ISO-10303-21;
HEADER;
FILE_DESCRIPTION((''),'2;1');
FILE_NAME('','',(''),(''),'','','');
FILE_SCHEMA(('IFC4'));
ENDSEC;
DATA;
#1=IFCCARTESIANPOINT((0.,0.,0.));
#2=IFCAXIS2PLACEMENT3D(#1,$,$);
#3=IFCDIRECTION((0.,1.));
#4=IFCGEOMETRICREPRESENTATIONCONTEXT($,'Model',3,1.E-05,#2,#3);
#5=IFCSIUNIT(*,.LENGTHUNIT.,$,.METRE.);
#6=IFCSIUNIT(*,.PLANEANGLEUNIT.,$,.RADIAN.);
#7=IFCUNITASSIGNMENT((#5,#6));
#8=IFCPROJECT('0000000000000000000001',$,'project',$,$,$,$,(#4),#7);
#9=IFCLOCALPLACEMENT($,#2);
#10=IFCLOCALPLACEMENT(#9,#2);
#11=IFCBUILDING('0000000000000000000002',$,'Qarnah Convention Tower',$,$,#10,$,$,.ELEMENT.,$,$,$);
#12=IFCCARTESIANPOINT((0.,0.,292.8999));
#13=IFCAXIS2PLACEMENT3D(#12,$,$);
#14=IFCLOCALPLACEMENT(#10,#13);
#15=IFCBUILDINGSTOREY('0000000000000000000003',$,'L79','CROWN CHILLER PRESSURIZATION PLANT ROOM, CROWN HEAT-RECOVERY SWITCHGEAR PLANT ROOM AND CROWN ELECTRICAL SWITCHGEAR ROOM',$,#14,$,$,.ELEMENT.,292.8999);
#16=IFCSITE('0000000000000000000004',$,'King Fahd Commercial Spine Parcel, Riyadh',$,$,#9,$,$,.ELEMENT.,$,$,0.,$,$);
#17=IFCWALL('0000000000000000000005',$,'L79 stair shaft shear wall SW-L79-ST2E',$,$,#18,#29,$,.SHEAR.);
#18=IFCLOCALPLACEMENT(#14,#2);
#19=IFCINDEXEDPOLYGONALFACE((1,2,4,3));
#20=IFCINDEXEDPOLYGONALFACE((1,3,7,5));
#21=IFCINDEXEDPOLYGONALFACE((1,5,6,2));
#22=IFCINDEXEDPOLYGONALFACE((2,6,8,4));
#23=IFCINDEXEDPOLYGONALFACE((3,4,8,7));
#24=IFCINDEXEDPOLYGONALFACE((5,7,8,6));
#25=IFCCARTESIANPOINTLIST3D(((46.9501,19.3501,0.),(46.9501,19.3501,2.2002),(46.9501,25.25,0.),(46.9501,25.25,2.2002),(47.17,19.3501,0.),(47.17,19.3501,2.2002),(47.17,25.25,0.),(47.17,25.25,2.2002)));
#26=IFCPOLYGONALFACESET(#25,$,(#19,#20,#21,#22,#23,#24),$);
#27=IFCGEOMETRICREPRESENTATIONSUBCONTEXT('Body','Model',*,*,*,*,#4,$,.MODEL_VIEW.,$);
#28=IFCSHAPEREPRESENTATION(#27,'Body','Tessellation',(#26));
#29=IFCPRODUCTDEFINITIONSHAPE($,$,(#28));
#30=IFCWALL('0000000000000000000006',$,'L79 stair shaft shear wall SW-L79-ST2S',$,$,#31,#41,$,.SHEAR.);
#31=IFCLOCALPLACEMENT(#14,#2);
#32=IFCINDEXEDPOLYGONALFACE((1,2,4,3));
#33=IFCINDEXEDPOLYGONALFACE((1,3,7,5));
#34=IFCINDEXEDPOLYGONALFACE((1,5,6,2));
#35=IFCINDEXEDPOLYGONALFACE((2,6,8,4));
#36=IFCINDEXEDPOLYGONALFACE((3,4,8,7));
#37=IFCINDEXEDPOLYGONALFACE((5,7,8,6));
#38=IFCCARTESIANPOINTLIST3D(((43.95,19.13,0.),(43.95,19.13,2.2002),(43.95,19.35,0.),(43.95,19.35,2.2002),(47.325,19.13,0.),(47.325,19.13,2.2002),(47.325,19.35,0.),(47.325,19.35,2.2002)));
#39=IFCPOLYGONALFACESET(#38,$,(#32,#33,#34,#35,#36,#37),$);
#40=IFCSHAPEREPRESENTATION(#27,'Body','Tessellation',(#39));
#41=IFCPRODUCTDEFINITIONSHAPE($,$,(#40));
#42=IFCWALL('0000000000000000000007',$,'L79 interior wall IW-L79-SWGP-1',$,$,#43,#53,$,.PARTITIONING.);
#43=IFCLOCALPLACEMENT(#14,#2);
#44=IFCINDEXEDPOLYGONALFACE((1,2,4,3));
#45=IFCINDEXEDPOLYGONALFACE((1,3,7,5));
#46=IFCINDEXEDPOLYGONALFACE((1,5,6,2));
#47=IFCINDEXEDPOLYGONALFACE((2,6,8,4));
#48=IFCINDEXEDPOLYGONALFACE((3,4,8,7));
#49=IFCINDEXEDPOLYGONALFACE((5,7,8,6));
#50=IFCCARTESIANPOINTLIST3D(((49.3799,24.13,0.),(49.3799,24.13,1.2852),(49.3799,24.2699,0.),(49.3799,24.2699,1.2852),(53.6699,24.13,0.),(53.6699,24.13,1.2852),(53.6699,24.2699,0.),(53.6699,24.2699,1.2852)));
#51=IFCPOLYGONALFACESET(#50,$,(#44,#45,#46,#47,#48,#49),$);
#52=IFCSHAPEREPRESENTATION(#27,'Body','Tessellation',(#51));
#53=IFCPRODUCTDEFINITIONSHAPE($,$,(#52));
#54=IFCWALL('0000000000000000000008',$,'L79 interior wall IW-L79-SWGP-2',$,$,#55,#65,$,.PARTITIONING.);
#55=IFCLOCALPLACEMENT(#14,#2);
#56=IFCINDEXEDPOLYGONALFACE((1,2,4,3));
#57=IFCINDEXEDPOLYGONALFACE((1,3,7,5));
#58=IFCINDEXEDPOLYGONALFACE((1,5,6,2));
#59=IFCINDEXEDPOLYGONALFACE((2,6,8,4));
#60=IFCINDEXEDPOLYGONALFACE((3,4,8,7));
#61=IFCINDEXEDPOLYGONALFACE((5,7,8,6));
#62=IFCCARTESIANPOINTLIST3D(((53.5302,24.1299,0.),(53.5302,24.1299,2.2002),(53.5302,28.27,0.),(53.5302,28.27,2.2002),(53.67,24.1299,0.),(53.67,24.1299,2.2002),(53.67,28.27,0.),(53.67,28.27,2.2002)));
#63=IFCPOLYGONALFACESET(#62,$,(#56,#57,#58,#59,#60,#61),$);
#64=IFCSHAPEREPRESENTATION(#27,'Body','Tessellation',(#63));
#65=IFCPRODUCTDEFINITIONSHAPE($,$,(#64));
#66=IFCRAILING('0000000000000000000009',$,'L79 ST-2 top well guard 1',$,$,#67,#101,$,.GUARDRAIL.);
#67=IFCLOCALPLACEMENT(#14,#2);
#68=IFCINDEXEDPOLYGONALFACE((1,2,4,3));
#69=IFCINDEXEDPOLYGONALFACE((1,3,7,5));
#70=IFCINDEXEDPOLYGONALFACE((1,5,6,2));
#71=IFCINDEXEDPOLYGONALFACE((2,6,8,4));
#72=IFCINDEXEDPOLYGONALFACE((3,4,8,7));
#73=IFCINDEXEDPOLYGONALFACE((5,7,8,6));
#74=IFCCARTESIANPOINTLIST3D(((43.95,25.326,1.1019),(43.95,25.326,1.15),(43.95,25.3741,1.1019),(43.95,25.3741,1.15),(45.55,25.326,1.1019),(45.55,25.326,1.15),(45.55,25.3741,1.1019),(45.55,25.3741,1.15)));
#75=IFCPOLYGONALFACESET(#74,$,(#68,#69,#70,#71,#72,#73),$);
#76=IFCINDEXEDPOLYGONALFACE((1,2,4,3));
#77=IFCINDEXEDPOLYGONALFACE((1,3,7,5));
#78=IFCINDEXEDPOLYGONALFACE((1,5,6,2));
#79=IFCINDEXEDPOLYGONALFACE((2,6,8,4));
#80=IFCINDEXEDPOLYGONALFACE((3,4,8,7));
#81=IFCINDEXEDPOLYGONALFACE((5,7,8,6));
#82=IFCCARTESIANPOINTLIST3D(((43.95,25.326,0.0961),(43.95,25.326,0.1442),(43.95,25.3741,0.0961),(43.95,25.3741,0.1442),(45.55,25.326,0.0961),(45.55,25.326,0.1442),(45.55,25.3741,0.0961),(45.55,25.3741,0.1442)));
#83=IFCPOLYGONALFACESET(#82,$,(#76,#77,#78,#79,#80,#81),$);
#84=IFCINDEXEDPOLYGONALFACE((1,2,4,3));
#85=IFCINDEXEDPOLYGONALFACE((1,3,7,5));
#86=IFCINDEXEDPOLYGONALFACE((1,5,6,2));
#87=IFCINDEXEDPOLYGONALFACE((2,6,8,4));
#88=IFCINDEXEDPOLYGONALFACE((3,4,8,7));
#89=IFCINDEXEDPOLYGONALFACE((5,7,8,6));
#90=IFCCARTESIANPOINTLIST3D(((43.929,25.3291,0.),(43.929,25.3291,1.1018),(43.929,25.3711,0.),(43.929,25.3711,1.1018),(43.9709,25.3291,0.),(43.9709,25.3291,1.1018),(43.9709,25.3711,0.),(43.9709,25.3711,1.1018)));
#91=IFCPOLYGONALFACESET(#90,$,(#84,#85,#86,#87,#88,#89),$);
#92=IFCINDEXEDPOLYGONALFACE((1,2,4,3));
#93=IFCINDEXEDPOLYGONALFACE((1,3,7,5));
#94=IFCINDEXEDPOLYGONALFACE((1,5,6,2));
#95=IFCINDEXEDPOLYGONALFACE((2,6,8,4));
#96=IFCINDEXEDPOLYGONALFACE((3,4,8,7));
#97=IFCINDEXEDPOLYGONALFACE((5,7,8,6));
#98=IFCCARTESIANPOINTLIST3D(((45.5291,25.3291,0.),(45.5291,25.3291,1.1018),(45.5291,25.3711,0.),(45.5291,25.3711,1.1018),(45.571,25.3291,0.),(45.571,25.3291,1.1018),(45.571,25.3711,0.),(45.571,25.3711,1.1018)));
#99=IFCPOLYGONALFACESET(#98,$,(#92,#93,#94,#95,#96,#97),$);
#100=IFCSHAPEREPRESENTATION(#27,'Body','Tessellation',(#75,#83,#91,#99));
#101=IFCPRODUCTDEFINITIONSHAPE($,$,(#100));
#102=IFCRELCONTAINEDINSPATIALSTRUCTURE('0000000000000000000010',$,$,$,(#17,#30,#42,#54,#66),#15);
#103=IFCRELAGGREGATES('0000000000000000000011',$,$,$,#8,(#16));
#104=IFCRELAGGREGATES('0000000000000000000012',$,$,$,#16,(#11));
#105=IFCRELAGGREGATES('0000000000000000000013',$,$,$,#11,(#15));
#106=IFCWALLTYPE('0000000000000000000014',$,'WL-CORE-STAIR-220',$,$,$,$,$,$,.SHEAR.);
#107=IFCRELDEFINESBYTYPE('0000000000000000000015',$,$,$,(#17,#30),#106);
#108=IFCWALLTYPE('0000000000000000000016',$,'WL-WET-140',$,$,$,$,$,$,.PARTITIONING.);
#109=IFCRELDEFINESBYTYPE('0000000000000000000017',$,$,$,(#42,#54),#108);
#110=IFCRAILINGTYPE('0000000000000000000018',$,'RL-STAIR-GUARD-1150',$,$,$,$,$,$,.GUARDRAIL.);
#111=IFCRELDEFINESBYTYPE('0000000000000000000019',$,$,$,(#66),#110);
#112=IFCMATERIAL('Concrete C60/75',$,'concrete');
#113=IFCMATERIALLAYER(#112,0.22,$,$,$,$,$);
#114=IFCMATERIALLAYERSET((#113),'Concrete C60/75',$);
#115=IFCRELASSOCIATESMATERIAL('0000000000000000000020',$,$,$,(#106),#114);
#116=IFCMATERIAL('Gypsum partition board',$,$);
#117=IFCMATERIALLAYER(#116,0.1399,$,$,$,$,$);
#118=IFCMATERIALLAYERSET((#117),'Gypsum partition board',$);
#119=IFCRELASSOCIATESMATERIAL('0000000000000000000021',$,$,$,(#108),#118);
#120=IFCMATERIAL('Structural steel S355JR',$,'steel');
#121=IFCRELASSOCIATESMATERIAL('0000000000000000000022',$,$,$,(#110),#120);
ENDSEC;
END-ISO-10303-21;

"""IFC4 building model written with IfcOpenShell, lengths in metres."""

from ifc_helpers import new_model, si_unit, direction, frame, frame_2d, origin, origin_2d, place, context, subcontext, project, spatial, rectangle, extrude, material, layer, layer_set, type_object, element, save


model = new_model("IFC4")

# Units and contexts
model_context = context("Model", 3, precision=1e-05, world=origin(), true_north=direction((0.0, 1.0)))
body_context = subcontext(model_context, "Body", "Model", "MODEL_VIEW")
ifc_project = project(units=[si_unit("LENGTHUNIT", "METRE"), si_unit("PLANEANGLEUNIT", "RADIAN")], contexts=[model_context])

# Site, building, storey
site_placement = place(None, origin())
site = spatial("IfcSite", under=ifc_project, at=site_placement, Name="King Fahd Commercial Spine Parcel, Riyadh", CompositionType="ELEMENT", RefElevation=0.0)
building_placement = place(site_placement, origin())
building = spatial("IfcBuilding", under=site, at=building_placement, Name="Qarnah Convention Tower", CompositionType="ELEMENT")
storey_placement = place(building_placement, frame((0.0, 0.0, 292.8999)))
storey = spatial("IfcBuildingStorey", under=building, at=storey_placement, Name="L79", Description="CROWN CHILLER PRESSURIZATION PLANT ROOM, CROWN HEAT-RECOVERY SWITCHGEAR PLANT ROOM AND CROWN ELECTRICAL SWITCHGEAR ROOM", CompositionType="ELEMENT", Elevation=292.8999)

# Shared definitions
ifc_material_1 = material(Name="Structural steel S355JR", Category="steel")

# Shared definitions
ifc_material_2 = material(Name="Concrete C60/75", Category="concrete")

# Walls
ifc_layer_1 = layer(ifc_material_2, 0.22)
ifc_layer_set_1 = layer_set([ifc_layer_1], Name="Concrete C60/75")
wall_type_1 = type_object("IfcWallType", Name="WL-CORE-STAIR-220", PredefinedType="SHEAR", material=ifc_layer_set_1)
wall_1_placement = place(storey_placement, frame((47.0601, 19.3501, 0.0), z_axis=(0.0, 0.0, 1.0), x_axis=(0.0, 1.0, 0.0)))
element("IfcWall", 1, at=wall_1_placement, inside=storey, type_object=wall_type_1, Name="L79 stair shaft shear wall SW-L79-ST2E", PredefinedType="SHEAR", context=body_context, shape_type="SweptSolid", body=[
    extrude(rectangle(XDim=5.8999, YDim=0.22, at=frame_2d((2.95, 0.0))), origin(), (0.0, 0.0, 1.0), 2.2002),
])
wall_2_placement = place(storey_placement, frame((43.95, 19.24, 0.0), z_axis=(0.0, 0.0, 1.0), x_axis=(1.0, 0.0, 0.0)))
element("IfcWall", 2, at=wall_2_placement, inside=storey, type_object=wall_type_1, Name="L79 stair shaft shear wall SW-L79-ST2S", PredefinedType="SHEAR", context=body_context, shape_type="SweptSolid", body=[
    extrude(rectangle(XDim=3.375, YDim=0.22, at=frame_2d((1.6875, 0.0))), origin(), (0.0, 0.0, 1.0), 2.2002),
])
ifc_material_3 = material(Name="Gypsum partition board")
ifc_layer_2 = layer(ifc_material_3, 0.1399)
ifc_layer_set_2 = layer_set([ifc_layer_2], Name="Gypsum partition board")
wall_type_2 = type_object("IfcWallType", Name="WL-WET-140", PredefinedType="PARTITIONING", material=ifc_layer_set_2)
wall_3_placement = place(storey_placement, frame((49.3799, 24.2, 0.0), z_axis=(0.0, 0.0, 1.0), x_axis=(1.0, 0.0, 0.0)))
element("IfcWall", 3, at=wall_3_placement, inside=storey, type_object=wall_type_2, Name="L79 interior wall IW-L79-SWGP-1", PredefinedType="PARTITIONING", context=body_context, shape_type="SweptSolid", body=[
    extrude(rectangle(XDim=4.29, YDim=0.1399, at=frame_2d((2.145, 0.0))), origin(), (0.0, 0.0, 1.0), 1.2852),
])
wall_4_placement = place(storey_placement, frame((53.6001, 24.1299, 0.0), z_axis=(0.0, 0.0, 1.0), x_axis=(0.0, 1.0, 0.0)))
element("IfcWall", 4, at=wall_4_placement, inside=storey, type_object=wall_type_2, Name="L79 interior wall IW-L79-SWGP-2", PredefinedType="PARTITIONING", context=body_context, shape_type="SweptSolid", body=[
    extrude(rectangle(XDim=4.1401, YDim=0.1399, at=frame_2d((2.0701, 0.0))), origin(), (0.0, 0.0, 1.0), 2.2002),
])

# Railing
railing_type = type_object("IfcRailingType", Name="RL-STAIR-GUARD-1150", PredefinedType="GUARDRAIL", material=ifc_material_1)
railing_placement = place(storey_placement, frame((43.95, 25.3501, 0.0)))
element("IfcRailing", 5, at=railing_placement, inside=storey, type_object=railing_type, Name="L79 ST-2 top well guard 1", PredefinedType="GUARDRAIL", context=body_context, shape_type="SweptSolid", body=[
    extrude(rectangle(XDim=0.0481, YDim=0.0481, at=origin_2d()), frame((0.0, 0.0, 1.126), z_axis=(1.0, 0.0, 0.0), x_axis=(0.0, 1.0, 0.0)), (0.0, 0.0, 1.0), 1.6001),
    extrude(rectangle(XDim=0.0481, YDim=0.0481, at=origin_2d()), frame((0.0, 0.0, 0.1201), z_axis=(1.0, 0.0, 0.0), x_axis=(0.0, 1.0, 0.0)), (0.0, 0.0, 1.0), 1.6001),
    extrude(rectangle(XDim=0.042, YDim=0.042, at=origin_2d()), origin(), (0.0, 0.0, 1.0), 1.1018),
    extrude(rectangle(XDim=0.042, YDim=0.042, at=origin_2d()), frame((1.6001, 0.0, 0.0)), (0.0, 0.0, 1.0), 1.1018),
])

save(model, "model.ifc")
